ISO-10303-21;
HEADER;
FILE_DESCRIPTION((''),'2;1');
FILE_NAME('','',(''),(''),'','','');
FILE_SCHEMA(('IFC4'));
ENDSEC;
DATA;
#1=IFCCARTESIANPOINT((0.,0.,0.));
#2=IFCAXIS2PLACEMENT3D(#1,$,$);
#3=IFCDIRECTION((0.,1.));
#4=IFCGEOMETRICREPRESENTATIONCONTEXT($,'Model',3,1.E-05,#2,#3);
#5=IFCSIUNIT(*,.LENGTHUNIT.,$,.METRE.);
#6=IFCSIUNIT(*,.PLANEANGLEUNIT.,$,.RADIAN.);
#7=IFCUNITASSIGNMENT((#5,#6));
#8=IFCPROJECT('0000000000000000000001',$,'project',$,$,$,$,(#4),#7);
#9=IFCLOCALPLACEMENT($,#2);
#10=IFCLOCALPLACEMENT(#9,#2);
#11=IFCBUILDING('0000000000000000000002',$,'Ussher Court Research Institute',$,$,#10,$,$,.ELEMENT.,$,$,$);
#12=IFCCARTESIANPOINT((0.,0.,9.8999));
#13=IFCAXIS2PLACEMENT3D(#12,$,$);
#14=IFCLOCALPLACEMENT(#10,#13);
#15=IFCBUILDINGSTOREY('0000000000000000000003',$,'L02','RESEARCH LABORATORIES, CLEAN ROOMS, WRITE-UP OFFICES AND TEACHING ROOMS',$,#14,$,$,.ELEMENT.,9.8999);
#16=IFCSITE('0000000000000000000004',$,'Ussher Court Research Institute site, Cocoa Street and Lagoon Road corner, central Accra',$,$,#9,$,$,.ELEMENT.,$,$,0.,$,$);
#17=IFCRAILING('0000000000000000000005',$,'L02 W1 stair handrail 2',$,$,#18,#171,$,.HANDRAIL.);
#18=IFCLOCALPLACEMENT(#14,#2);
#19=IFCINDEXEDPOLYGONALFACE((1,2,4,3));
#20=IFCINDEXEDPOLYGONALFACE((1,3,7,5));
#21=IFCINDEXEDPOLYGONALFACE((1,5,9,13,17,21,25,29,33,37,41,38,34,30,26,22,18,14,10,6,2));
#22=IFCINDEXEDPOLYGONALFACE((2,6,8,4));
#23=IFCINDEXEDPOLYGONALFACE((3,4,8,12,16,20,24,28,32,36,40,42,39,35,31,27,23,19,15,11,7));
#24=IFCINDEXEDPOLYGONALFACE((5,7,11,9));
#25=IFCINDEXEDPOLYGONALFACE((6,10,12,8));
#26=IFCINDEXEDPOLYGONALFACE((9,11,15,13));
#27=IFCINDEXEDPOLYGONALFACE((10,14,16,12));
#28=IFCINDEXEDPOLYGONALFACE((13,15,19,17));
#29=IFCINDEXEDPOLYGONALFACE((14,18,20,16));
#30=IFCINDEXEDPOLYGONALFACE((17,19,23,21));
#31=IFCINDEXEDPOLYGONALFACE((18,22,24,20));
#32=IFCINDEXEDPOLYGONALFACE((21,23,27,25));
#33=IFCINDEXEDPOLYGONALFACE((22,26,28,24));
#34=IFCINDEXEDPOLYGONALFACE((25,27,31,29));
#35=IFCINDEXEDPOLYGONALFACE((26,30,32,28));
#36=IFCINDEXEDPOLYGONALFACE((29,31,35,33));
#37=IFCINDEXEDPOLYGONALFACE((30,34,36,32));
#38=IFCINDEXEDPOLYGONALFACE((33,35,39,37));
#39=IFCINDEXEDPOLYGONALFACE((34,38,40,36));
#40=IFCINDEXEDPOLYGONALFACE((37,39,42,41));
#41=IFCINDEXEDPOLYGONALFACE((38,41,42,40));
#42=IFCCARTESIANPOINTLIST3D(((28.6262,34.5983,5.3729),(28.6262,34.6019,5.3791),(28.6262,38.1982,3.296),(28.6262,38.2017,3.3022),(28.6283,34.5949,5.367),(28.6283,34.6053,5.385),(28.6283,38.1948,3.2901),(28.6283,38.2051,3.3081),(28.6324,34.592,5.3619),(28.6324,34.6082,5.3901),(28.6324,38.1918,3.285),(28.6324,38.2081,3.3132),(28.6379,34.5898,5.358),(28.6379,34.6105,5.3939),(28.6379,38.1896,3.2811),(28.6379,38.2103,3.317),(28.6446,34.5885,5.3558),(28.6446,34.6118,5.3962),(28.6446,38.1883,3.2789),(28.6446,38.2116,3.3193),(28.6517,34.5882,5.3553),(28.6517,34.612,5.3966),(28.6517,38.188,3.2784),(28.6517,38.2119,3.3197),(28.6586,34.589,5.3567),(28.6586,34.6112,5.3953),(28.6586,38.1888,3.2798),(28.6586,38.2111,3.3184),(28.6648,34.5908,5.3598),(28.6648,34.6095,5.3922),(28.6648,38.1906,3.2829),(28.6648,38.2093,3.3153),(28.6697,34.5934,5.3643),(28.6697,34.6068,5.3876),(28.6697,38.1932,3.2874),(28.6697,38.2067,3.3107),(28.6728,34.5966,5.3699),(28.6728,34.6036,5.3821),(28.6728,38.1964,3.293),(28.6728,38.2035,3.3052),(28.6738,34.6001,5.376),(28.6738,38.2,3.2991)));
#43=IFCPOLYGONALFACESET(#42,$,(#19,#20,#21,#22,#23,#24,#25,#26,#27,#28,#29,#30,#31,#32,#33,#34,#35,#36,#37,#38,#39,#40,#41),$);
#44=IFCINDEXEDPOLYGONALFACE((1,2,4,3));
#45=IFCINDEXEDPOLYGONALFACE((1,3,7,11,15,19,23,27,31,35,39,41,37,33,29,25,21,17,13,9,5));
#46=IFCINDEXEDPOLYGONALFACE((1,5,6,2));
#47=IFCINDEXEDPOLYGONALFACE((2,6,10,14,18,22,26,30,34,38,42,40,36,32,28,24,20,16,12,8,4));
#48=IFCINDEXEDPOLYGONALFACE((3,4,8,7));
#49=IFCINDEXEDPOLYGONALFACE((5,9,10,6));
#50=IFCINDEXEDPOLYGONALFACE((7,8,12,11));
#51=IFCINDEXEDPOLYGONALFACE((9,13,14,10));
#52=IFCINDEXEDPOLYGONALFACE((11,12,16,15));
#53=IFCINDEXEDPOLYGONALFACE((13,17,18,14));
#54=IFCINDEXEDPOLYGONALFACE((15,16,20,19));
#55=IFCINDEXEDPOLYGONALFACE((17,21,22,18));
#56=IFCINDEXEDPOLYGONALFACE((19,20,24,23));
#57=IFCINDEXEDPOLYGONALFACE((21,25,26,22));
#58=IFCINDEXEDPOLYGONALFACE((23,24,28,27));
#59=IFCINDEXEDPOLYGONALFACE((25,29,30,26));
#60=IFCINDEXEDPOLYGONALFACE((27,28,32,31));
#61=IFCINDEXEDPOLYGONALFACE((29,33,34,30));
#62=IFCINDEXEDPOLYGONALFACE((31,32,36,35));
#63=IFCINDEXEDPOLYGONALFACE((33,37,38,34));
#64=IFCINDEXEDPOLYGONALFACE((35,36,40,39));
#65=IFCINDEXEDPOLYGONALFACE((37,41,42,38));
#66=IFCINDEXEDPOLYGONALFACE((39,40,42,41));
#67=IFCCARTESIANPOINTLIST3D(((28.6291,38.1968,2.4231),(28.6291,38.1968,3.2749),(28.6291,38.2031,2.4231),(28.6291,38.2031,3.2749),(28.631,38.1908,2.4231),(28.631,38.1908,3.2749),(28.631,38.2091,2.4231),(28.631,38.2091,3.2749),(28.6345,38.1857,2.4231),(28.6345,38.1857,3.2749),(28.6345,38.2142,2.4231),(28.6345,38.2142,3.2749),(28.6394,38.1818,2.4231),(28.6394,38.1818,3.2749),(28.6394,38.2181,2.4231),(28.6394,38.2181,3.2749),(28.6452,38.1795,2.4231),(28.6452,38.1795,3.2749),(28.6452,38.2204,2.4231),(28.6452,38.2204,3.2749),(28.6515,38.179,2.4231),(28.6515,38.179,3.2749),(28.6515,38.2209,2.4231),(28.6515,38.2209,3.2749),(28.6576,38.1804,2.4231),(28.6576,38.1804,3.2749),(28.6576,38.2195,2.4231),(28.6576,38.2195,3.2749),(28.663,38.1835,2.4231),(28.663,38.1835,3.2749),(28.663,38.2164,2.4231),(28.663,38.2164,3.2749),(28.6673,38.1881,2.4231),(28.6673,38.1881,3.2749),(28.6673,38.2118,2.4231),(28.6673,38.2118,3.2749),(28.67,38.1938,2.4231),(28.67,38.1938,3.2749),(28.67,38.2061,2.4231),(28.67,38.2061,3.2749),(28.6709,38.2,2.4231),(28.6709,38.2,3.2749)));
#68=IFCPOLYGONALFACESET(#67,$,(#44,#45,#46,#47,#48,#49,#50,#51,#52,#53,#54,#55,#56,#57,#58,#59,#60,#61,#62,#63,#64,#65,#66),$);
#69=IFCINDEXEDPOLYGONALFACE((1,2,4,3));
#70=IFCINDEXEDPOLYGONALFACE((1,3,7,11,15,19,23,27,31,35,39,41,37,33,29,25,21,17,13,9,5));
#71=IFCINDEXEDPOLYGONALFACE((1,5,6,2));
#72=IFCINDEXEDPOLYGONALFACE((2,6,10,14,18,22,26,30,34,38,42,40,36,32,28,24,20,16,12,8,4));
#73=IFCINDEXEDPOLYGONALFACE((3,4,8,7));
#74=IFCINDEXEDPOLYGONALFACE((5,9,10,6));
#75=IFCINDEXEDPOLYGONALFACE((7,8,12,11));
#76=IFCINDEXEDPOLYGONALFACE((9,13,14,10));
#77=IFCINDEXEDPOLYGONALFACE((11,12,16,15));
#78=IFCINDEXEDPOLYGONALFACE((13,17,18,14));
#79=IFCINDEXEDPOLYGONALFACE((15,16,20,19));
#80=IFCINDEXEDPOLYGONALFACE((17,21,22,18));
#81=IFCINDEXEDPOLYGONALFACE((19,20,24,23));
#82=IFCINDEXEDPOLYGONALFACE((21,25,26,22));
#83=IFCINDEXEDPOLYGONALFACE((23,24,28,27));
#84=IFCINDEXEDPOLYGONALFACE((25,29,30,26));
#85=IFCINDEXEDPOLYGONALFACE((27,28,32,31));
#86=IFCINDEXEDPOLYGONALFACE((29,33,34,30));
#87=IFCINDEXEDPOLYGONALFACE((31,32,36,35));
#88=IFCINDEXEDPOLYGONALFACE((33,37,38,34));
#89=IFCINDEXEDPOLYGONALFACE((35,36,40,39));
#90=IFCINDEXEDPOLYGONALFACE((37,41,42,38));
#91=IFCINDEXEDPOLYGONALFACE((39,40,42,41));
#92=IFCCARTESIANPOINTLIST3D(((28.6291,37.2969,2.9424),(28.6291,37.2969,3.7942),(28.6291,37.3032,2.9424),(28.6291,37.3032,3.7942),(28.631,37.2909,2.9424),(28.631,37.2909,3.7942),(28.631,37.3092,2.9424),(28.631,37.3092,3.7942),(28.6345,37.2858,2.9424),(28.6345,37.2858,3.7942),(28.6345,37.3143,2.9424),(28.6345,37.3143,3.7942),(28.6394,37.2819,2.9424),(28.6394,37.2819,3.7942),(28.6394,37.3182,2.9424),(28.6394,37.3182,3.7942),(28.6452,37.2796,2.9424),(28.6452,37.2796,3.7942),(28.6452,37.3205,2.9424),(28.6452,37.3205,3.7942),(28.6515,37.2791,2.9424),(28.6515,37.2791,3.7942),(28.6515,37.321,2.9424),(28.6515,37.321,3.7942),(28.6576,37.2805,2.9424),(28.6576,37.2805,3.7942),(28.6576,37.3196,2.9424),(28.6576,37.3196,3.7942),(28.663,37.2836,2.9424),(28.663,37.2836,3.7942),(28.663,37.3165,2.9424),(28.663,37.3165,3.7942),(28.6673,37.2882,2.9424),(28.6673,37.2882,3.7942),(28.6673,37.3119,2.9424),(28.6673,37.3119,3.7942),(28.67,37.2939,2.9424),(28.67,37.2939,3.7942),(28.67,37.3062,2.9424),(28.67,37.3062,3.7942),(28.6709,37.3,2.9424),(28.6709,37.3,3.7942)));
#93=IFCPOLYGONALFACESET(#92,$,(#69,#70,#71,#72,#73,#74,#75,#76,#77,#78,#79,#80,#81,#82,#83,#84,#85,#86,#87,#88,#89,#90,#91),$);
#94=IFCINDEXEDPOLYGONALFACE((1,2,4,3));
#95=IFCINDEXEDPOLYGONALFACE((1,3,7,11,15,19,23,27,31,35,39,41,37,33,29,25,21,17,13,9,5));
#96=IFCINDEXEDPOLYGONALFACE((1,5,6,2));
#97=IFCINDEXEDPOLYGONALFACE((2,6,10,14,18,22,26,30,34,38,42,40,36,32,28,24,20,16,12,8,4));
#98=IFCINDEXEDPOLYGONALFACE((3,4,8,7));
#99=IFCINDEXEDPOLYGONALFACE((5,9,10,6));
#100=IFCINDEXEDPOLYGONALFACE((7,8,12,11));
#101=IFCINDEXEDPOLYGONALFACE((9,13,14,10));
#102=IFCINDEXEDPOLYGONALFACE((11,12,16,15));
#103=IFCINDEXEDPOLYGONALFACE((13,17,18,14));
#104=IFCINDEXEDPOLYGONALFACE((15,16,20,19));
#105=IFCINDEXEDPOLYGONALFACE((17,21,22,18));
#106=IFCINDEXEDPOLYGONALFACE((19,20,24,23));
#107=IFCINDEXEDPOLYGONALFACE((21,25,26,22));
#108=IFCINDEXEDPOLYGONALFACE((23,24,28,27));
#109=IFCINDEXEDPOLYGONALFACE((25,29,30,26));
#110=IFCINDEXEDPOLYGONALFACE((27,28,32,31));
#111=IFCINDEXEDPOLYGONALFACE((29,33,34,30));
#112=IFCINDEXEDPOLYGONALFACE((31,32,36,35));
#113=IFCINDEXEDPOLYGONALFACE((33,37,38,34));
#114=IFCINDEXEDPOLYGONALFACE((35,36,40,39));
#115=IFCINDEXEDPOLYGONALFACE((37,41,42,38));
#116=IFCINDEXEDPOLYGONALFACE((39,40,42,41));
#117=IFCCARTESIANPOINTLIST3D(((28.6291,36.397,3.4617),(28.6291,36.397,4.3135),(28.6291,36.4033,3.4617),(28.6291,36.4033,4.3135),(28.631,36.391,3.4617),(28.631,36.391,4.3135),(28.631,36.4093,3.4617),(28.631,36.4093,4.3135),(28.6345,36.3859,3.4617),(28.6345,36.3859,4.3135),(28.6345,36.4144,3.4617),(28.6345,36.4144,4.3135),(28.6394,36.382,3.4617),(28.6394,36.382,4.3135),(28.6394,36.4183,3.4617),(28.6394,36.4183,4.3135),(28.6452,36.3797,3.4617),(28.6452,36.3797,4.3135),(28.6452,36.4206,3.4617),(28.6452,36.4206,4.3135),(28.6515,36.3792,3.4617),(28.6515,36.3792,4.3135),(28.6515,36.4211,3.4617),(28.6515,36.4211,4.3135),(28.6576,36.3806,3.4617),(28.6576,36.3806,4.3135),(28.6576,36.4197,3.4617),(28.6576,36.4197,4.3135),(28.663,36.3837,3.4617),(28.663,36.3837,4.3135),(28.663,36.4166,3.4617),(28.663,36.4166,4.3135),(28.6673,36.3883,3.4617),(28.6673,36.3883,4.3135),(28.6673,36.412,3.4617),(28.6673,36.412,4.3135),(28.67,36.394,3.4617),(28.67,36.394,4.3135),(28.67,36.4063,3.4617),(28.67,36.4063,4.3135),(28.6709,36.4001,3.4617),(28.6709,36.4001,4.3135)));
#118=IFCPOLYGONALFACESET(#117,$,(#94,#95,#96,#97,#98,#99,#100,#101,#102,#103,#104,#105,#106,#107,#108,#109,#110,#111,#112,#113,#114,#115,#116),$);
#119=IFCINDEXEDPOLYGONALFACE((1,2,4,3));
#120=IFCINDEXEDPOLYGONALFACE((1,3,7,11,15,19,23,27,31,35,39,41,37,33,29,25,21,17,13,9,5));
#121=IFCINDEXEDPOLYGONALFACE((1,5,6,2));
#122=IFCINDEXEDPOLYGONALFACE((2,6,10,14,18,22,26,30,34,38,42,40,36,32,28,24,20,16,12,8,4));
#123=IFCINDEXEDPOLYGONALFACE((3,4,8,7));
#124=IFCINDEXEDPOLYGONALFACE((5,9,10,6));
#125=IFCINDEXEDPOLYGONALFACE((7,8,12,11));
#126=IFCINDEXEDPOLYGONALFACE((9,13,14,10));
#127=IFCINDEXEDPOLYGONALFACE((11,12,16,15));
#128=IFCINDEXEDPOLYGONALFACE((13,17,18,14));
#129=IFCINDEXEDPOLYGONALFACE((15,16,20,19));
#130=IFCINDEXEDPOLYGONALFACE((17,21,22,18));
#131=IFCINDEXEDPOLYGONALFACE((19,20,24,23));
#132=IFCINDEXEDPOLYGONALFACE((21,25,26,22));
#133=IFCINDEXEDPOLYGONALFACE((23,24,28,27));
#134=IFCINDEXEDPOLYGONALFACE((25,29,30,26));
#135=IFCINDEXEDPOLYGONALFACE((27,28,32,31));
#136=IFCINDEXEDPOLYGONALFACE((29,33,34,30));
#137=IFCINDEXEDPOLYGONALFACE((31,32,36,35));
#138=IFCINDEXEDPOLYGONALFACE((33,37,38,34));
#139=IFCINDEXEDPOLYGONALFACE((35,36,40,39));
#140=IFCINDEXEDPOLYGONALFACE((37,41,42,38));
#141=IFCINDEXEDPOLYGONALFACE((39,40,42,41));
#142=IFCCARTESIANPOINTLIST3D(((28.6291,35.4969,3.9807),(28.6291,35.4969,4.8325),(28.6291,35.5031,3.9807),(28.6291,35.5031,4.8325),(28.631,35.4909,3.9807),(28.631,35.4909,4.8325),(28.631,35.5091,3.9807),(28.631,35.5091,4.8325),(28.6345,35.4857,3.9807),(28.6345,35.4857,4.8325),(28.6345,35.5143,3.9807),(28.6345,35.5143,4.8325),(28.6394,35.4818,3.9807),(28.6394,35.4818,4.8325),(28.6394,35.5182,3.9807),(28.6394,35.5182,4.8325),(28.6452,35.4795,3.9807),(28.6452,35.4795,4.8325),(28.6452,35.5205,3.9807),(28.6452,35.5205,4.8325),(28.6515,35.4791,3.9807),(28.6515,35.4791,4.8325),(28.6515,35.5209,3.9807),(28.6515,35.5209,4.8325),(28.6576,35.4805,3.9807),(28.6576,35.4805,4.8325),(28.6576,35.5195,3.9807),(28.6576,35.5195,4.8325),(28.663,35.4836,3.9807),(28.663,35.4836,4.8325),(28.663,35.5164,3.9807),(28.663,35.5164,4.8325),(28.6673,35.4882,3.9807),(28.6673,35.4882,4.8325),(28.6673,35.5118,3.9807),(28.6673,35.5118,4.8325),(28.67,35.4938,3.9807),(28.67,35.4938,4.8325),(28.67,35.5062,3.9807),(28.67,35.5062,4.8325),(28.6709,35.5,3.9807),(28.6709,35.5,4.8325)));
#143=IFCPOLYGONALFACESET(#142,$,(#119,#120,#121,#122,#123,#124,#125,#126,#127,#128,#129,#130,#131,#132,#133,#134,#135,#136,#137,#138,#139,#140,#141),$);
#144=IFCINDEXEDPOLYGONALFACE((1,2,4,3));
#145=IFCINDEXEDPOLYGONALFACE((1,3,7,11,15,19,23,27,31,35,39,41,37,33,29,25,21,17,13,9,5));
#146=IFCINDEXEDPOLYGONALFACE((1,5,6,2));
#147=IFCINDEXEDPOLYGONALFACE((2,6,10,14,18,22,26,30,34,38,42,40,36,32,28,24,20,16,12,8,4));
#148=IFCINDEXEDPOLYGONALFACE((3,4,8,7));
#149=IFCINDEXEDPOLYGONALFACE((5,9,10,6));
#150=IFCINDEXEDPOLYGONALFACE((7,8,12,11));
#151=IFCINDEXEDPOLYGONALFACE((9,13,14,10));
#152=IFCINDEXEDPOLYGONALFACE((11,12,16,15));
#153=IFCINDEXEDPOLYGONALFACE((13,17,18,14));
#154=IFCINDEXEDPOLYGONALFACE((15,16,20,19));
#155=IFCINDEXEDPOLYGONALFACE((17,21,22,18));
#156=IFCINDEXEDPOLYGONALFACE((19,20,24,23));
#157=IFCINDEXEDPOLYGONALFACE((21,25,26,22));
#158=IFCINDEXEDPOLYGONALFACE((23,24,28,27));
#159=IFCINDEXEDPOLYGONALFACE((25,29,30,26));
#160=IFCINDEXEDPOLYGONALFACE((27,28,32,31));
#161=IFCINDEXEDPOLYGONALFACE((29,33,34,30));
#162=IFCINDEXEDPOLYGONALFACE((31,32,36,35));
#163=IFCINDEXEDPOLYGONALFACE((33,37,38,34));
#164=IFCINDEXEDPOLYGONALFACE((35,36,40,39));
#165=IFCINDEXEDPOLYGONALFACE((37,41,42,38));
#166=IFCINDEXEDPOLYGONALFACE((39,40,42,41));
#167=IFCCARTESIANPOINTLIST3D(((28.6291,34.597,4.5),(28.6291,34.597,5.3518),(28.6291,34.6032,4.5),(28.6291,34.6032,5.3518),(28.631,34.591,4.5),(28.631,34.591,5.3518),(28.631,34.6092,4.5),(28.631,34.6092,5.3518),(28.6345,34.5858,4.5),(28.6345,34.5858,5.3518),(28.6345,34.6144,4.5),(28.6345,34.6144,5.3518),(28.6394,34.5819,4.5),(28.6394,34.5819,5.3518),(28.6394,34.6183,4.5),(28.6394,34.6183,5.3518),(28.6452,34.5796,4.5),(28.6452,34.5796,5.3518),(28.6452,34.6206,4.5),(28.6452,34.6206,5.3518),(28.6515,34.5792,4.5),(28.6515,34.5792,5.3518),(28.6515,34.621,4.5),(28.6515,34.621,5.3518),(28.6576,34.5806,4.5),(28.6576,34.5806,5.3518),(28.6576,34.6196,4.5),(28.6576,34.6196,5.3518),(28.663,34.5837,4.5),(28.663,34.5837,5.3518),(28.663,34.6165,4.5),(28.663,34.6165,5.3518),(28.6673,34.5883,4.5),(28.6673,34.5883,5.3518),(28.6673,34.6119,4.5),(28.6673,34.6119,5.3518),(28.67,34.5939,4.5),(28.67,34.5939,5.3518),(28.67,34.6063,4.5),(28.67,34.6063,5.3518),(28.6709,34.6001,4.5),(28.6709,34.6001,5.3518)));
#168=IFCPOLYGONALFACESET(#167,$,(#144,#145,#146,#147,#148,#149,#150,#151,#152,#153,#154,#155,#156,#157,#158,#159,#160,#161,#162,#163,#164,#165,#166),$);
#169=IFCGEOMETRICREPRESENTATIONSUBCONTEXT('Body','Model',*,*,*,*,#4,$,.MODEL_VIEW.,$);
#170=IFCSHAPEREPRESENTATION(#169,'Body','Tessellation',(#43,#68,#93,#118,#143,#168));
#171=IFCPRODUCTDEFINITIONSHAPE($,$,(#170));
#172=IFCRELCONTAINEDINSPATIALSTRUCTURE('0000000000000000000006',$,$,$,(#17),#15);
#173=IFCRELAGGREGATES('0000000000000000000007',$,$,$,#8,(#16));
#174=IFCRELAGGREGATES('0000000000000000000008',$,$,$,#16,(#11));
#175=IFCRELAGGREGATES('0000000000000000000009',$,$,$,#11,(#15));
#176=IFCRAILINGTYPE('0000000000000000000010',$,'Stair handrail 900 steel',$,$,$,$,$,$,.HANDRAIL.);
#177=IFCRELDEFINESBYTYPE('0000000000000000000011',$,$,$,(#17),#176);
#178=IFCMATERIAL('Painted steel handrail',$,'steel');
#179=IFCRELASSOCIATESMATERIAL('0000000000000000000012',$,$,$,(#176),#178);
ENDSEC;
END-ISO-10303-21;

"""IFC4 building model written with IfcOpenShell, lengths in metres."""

from ifc_helpers import new_model, si_unit, direction, frame, origin, origin_2d, place, context, subcontext, project, spatial, circle, extrude, material, type_object, element, save


model = new_model("IFC4")

# Units and contexts
model_context = context("Model", 3, precision=1e-05, world=origin(), true_north=direction((0.0, 1.0)))
body_context = subcontext(model_context, "Body", "Model", "MODEL_VIEW")
ifc_project = project(units=[si_unit("LENGTHUNIT", "METRE"), si_unit("PLANEANGLEUNIT", "RADIAN")], contexts=[model_context])

# Site, building, storey
site_placement = place(None, origin())
site = spatial("IfcSite", under=ifc_project, at=site_placement, Name="Ussher Court Research Institute site, Cocoa Street and Lagoon Road corner, central Accra", CompositionType="ELEMENT", RefElevation=0.0)
building_placement = place(site_placement, origin())
building = spatial("IfcBuilding", under=site, at=building_placement, Name="Ussher Court Research Institute", CompositionType="ELEMENT")
storey_placement = place(building_placement, frame((0.0, 0.0, 9.8999)))
storey = spatial("IfcBuildingStorey", under=building, at=storey_placement, Name="L02", Description="RESEARCH LABORATORIES, CLEAN ROOMS, WRITE-UP OFFICES AND TEACHING ROOMS", CompositionType="ELEMENT", Elevation=9.8999)

# Railing
ifc_material_1 = material(Name="Painted steel handrail", Category="steel")
railing_type_1 = type_object("IfcRailingType", Name="Stair handrail 900 steel", PredefinedType="HANDRAIL", material=ifc_material_1)
railing_1_placement = place(storey_placement, frame((28.6499, 38.2, 2.4231)))
element("IfcRailing", 1, at=railing_1_placement, inside=storey, type_object=railing_type_1, Name="L02 W1 stair handrail 2", PredefinedType="HANDRAIL", context=body_context, shape_type="SweptSolid", body=[
    extrude(circle(Radius=0.0239, at=origin_2d()), frame((0.0, 0.0, 0.876), z_axis=(0.0, -0.866179, 0.499734), x_axis=(1.0, 0.0, 0.0)), (0.0, 0.0, 1.0), 4.156),
    extrude(circle(Radius=0.021, at=origin_2d()), origin(), (0.0, 0.0, 1.0), 0.8518),
    extrude(circle(Radius=0.021, at=origin_2d()), frame((0.0, -0.8999, 0.5193)), (0.0, 0.0, 1.0), 0.8518),
    extrude(circle(Radius=0.021, at=origin_2d()), frame((0.0, -1.7998, 1.0386)), (0.0, 0.0, 1.0), 0.8518),
    extrude(circle(Radius=0.021, at=origin_2d()), frame((0.0, -2.7, 1.5576)), (0.0, 0.0, 1.0), 0.8518),
    extrude(circle(Radius=0.021, at=origin_2d()), frame((0.0, -3.5999, 2.0769)), (0.0, 0.0, 1.0), 0.8518),
])

save(model, "model.ifc")
